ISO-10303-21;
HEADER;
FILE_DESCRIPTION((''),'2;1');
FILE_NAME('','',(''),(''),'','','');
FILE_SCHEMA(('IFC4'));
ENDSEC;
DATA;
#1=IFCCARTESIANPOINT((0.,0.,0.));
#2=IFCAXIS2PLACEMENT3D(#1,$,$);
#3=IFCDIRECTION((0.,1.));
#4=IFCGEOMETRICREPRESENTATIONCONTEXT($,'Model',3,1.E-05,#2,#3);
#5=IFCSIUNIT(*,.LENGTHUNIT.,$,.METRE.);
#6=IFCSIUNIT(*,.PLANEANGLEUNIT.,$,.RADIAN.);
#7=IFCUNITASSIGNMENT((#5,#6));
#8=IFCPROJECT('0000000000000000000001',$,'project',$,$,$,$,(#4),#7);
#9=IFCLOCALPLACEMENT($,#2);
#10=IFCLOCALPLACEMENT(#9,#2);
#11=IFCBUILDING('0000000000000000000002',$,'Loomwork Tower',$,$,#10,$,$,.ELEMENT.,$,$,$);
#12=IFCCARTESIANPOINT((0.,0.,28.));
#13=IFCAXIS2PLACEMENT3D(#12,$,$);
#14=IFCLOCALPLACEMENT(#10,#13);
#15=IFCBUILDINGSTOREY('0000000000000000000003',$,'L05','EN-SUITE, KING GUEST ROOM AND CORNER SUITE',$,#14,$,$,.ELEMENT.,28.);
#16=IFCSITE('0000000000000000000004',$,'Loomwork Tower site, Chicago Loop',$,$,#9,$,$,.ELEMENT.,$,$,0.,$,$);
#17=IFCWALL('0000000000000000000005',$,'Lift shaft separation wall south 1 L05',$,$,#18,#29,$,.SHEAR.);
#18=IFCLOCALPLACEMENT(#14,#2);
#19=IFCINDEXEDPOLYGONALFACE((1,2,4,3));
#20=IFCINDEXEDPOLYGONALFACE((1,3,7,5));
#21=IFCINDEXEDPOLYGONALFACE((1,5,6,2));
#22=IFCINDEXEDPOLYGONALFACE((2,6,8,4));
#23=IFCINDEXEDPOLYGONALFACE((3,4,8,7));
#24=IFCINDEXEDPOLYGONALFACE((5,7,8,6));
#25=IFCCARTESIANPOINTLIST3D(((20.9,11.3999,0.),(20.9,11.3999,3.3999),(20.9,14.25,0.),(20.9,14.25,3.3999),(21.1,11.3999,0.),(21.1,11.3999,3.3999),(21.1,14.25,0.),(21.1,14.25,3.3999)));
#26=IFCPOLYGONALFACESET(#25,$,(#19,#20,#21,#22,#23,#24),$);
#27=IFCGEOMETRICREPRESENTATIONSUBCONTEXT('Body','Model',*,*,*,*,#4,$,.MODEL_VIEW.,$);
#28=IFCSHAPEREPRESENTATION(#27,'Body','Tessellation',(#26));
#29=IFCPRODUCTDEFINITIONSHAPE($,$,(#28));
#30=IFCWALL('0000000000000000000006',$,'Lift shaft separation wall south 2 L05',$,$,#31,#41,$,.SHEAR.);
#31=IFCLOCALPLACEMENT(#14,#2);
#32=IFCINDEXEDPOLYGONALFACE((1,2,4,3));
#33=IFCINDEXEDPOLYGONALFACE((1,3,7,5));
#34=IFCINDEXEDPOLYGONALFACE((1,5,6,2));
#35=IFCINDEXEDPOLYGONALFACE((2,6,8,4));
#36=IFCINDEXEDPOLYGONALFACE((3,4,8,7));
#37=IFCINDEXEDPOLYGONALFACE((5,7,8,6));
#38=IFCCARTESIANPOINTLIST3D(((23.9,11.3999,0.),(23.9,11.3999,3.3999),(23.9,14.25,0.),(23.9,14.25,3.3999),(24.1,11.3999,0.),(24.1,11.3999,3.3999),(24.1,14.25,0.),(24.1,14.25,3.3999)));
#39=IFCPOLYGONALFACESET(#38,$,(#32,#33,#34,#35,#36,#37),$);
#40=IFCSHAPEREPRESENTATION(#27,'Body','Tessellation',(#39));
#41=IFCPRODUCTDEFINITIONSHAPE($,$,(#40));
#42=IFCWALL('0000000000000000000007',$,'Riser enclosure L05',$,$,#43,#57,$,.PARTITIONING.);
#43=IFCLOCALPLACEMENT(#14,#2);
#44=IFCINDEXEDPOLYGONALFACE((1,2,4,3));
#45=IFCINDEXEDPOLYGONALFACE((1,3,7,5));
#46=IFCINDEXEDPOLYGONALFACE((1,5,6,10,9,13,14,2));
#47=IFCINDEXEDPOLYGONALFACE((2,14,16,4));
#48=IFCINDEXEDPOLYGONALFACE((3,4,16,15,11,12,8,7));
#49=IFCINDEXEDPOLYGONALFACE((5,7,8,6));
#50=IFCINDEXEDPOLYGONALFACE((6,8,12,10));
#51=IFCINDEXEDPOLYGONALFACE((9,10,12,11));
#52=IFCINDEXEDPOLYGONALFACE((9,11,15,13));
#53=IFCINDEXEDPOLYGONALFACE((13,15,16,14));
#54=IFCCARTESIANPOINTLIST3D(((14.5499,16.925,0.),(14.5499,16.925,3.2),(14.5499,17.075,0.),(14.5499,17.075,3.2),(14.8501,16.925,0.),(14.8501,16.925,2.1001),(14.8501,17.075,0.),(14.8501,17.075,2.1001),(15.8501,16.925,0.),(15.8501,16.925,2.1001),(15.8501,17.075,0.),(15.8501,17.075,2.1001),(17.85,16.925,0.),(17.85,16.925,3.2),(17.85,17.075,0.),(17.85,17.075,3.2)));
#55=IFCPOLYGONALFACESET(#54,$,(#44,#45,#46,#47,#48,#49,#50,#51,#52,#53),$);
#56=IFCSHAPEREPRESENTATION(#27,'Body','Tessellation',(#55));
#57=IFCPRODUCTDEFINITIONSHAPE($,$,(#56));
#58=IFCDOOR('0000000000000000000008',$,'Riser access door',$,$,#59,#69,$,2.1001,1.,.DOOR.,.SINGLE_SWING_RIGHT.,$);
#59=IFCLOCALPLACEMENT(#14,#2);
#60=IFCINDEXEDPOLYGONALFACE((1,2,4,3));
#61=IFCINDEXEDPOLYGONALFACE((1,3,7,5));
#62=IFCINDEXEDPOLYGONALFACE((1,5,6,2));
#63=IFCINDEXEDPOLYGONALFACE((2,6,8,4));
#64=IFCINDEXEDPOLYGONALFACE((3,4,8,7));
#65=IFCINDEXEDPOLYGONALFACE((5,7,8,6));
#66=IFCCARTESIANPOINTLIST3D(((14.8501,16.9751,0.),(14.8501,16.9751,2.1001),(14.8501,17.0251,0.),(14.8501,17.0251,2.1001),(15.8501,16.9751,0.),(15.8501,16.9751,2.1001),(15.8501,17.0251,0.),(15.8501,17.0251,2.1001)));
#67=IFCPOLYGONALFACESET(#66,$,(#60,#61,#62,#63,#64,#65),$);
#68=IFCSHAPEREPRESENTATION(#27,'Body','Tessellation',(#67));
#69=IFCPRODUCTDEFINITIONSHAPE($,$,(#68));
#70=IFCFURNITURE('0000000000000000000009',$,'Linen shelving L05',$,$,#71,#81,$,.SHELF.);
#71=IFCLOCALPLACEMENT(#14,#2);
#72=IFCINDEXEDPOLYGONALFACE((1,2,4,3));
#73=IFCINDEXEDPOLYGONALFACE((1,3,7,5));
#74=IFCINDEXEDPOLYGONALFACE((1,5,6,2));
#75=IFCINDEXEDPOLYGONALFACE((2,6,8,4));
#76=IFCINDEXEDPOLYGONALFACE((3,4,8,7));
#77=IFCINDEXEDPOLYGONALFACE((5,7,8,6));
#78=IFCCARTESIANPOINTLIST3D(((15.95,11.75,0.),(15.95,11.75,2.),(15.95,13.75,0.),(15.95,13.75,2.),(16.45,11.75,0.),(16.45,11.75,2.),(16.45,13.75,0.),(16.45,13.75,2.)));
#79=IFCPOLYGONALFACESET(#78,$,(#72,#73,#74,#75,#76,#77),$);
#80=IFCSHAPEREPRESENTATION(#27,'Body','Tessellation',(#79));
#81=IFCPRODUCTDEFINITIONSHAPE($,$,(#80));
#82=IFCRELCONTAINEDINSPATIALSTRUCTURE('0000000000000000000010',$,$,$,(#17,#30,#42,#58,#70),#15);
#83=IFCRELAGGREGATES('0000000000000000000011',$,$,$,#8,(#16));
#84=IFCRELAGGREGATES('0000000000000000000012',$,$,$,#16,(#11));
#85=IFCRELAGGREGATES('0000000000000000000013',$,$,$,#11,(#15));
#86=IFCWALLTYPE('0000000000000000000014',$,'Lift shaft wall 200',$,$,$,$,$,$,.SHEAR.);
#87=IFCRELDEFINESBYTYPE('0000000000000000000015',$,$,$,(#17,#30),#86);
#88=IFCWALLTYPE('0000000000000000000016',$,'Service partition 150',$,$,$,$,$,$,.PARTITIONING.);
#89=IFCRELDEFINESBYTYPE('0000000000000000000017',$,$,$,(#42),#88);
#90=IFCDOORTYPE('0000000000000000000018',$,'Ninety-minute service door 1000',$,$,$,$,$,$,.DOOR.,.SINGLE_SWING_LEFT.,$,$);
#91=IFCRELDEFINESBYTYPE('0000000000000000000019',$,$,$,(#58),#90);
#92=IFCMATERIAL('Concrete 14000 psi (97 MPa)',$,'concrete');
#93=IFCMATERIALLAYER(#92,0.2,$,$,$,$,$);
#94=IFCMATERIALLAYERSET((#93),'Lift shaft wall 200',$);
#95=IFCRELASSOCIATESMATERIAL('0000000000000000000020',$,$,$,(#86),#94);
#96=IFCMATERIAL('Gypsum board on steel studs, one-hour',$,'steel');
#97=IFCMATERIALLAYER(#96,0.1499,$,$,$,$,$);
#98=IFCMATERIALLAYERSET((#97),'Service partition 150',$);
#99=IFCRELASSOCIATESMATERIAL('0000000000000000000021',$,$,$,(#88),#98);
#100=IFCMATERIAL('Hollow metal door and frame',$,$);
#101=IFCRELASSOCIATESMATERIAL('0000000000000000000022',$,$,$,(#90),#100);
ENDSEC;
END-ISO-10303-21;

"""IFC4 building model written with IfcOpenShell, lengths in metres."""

from ifc_helpers import new_model, si_unit, direction, frame, frame_2d, origin, origin_2d, place, context, subcontext, project, spatial, rectangle, extrude, material, layer, layer_set, type_object, element, fill, save


model = new_model("IFC4")

# Units and contexts
model_context = context("Model", 3, precision=1e-05, world=origin(), true_north=direction((0.0, 1.0)))
body_context = subcontext(model_context, "Body", "Model", "MODEL_VIEW")
ifc_project = project(units=[si_unit("LENGTHUNIT", "METRE"), si_unit("PLANEANGLEUNIT", "RADIAN")], contexts=[model_context])

# Site, building, storey
site_placement = place(None, origin())
site = spatial("IfcSite", under=ifc_project, at=site_placement, Name="Loomwork Tower site, Chicago Loop", CompositionType="ELEMENT", RefElevation=0.0)
building_placement = place(site_placement, origin())
building = spatial("IfcBuilding", under=site, at=building_placement, Name="Loomwork Tower", CompositionType="ELEMENT")
storey_placement = place(building_placement, frame((0.0, 0.0, 28.0)))
storey = spatial("IfcBuildingStorey", under=building, at=storey_placement, Name="L05", Description="EN-SUITE, KING GUEST ROOM AND CORNER SUITE", CompositionType="ELEMENT", Elevation=28.0)

# Walls
ifc_material_1 = material(Name="Concrete 14000 psi (97 MPa)", Category="concrete")
ifc_layer_1 = layer(ifc_material_1, 0.2)
ifc_layer_set_1 = layer_set([ifc_layer_1], Name="Lift shaft wall 200")
wall_type_1 = type_object("IfcWallType", Name="Lift shaft wall 200", PredefinedType="SHEAR", material=ifc_layer_set_1)
for number, where, z_axis, x_axis, name in (
    (1, (21.0, 11.3999, 0.0), (0.0, 0.0, 1.0), (0.0, 1.0, 0.0), "Lift shaft separation wall south 1 L05"),
    (2, (24.0, 11.3999, 0.0), (0.0, 0.0, 1.0), (0.0, 1.0, 0.0), "Lift shaft separation wall south 2 L05"),
):
    element("IfcWall", number, at=place(storey_placement, frame(where, z_axis=z_axis, x_axis=x_axis)), inside=storey, type_object=wall_type_1, Name=name, PredefinedType="SHEAR", context=body_context, shape_type="SweptSolid", body=[
        extrude(rectangle(XDim=2.8501, YDim=0.2, at=frame_2d((1.425, 0.0))), origin(), (0.0, 0.0, 1.0), 3.3999),
    ])

# Wall, opening, door
ifc_material_2 = material(Name="Gypsum board on steel studs, one-hour", Category="steel")
ifc_layer_2 = layer(ifc_material_2, 0.1499)
ifc_layer_set_2 = layer_set([ifc_layer_2], Name="Service partition 150")
wall_type_2 = type_object("IfcWallType", Name="Service partition 150", PredefinedType="PARTITIONING", material=ifc_layer_set_2)
wall_1_placement = place(storey_placement, frame((14.55, 17.0, 0.0), z_axis=(0.0, 0.0, 1.0), x_axis=(1.0, 0.0, 0.0)))
wall_1 = element("IfcWall", 3, at=wall_1_placement, inside=storey, type_object=wall_type_2, Name="Riser enclosure L05", PredefinedType="PARTITIONING", context=body_context, shape_type="SweptSolid", body=[
    extrude(rectangle(XDim=3.3, YDim=0.1499, at=frame_2d((1.6499, 0.0))), origin(), (0.0, 0.0, 1.0), 3.2),
])
opening_1_placement = place(wall_1_placement, frame((0.3, 0.0, 0.0)))
opening_1 = element("IfcOpeningElement", 4, at=opening_1_placement, cuts=wall_1, PredefinedType="OPENING", context=body_context, shape_type="SweptSolid", body=[
    extrude(rectangle(XDim=1.0, YDim=2.1001, at=frame_2d((0.5, 1.05))), frame((0.0, 0.085, 0.0), z_axis=(0.0, -1.0, 0.0), x_axis=(1.0, 0.0, 0.0)), (0.0, 0.0, 1.0), 0.1699),
])
ifc_material_3 = material(Name="Hollow metal door and frame")
door_type_1 = type_object("IfcDoorType", Name="Ninety-minute service door 1000", OperationType="SINGLE_SWING_LEFT", PredefinedType="DOOR", material=ifc_material_3)
door_1_placement = place(opening_1_placement, frame((1.0, 0.0, 0.0), z_axis=(0.0, 0.0, 1.0), x_axis=(-1.0, 0.0, 0.0)))
door_1 = element("IfcDoor", 5, at=door_1_placement, inside=storey, type_object=door_type_1, Name="Riser access door", OperationType="SINGLE_SWING_RIGHT", OverallHeight=2.1001, OverallWidth=1.0, PredefinedType="DOOR", context=body_context, shape_type="SweptSolid", body=[
    extrude(rectangle(XDim=1.0, YDim=2.1001, at=frame_2d((0.5, 1.05))), frame((0.0, 0.0249, 0.0), z_axis=(0.0, -1.0, 0.0), x_axis=(1.0, 0.0, 0.0)), (0.0, 0.0, 1.0), 0.05),
])
fill(opening_1, door_1)

# Furniture
furniture_placement = place(storey_placement, frame((16.2, 12.75, 0.0), z_axis=(0.0, 0.0, 1.0), x_axis=(1.0, 0.0, 0.0)))
element("IfcFurniture", 6, at=furniture_placement, inside=storey, Name="Linen shelving L05", PredefinedType="SHELF", context=body_context, shape_type="SweptSolid", body=[
    extrude(rectangle(XDim=0.5, YDim=2.0, at=origin_2d()), origin(), (0.0, 0.0, 1.0), 2.0),
])

save(model, "model.ifc")
